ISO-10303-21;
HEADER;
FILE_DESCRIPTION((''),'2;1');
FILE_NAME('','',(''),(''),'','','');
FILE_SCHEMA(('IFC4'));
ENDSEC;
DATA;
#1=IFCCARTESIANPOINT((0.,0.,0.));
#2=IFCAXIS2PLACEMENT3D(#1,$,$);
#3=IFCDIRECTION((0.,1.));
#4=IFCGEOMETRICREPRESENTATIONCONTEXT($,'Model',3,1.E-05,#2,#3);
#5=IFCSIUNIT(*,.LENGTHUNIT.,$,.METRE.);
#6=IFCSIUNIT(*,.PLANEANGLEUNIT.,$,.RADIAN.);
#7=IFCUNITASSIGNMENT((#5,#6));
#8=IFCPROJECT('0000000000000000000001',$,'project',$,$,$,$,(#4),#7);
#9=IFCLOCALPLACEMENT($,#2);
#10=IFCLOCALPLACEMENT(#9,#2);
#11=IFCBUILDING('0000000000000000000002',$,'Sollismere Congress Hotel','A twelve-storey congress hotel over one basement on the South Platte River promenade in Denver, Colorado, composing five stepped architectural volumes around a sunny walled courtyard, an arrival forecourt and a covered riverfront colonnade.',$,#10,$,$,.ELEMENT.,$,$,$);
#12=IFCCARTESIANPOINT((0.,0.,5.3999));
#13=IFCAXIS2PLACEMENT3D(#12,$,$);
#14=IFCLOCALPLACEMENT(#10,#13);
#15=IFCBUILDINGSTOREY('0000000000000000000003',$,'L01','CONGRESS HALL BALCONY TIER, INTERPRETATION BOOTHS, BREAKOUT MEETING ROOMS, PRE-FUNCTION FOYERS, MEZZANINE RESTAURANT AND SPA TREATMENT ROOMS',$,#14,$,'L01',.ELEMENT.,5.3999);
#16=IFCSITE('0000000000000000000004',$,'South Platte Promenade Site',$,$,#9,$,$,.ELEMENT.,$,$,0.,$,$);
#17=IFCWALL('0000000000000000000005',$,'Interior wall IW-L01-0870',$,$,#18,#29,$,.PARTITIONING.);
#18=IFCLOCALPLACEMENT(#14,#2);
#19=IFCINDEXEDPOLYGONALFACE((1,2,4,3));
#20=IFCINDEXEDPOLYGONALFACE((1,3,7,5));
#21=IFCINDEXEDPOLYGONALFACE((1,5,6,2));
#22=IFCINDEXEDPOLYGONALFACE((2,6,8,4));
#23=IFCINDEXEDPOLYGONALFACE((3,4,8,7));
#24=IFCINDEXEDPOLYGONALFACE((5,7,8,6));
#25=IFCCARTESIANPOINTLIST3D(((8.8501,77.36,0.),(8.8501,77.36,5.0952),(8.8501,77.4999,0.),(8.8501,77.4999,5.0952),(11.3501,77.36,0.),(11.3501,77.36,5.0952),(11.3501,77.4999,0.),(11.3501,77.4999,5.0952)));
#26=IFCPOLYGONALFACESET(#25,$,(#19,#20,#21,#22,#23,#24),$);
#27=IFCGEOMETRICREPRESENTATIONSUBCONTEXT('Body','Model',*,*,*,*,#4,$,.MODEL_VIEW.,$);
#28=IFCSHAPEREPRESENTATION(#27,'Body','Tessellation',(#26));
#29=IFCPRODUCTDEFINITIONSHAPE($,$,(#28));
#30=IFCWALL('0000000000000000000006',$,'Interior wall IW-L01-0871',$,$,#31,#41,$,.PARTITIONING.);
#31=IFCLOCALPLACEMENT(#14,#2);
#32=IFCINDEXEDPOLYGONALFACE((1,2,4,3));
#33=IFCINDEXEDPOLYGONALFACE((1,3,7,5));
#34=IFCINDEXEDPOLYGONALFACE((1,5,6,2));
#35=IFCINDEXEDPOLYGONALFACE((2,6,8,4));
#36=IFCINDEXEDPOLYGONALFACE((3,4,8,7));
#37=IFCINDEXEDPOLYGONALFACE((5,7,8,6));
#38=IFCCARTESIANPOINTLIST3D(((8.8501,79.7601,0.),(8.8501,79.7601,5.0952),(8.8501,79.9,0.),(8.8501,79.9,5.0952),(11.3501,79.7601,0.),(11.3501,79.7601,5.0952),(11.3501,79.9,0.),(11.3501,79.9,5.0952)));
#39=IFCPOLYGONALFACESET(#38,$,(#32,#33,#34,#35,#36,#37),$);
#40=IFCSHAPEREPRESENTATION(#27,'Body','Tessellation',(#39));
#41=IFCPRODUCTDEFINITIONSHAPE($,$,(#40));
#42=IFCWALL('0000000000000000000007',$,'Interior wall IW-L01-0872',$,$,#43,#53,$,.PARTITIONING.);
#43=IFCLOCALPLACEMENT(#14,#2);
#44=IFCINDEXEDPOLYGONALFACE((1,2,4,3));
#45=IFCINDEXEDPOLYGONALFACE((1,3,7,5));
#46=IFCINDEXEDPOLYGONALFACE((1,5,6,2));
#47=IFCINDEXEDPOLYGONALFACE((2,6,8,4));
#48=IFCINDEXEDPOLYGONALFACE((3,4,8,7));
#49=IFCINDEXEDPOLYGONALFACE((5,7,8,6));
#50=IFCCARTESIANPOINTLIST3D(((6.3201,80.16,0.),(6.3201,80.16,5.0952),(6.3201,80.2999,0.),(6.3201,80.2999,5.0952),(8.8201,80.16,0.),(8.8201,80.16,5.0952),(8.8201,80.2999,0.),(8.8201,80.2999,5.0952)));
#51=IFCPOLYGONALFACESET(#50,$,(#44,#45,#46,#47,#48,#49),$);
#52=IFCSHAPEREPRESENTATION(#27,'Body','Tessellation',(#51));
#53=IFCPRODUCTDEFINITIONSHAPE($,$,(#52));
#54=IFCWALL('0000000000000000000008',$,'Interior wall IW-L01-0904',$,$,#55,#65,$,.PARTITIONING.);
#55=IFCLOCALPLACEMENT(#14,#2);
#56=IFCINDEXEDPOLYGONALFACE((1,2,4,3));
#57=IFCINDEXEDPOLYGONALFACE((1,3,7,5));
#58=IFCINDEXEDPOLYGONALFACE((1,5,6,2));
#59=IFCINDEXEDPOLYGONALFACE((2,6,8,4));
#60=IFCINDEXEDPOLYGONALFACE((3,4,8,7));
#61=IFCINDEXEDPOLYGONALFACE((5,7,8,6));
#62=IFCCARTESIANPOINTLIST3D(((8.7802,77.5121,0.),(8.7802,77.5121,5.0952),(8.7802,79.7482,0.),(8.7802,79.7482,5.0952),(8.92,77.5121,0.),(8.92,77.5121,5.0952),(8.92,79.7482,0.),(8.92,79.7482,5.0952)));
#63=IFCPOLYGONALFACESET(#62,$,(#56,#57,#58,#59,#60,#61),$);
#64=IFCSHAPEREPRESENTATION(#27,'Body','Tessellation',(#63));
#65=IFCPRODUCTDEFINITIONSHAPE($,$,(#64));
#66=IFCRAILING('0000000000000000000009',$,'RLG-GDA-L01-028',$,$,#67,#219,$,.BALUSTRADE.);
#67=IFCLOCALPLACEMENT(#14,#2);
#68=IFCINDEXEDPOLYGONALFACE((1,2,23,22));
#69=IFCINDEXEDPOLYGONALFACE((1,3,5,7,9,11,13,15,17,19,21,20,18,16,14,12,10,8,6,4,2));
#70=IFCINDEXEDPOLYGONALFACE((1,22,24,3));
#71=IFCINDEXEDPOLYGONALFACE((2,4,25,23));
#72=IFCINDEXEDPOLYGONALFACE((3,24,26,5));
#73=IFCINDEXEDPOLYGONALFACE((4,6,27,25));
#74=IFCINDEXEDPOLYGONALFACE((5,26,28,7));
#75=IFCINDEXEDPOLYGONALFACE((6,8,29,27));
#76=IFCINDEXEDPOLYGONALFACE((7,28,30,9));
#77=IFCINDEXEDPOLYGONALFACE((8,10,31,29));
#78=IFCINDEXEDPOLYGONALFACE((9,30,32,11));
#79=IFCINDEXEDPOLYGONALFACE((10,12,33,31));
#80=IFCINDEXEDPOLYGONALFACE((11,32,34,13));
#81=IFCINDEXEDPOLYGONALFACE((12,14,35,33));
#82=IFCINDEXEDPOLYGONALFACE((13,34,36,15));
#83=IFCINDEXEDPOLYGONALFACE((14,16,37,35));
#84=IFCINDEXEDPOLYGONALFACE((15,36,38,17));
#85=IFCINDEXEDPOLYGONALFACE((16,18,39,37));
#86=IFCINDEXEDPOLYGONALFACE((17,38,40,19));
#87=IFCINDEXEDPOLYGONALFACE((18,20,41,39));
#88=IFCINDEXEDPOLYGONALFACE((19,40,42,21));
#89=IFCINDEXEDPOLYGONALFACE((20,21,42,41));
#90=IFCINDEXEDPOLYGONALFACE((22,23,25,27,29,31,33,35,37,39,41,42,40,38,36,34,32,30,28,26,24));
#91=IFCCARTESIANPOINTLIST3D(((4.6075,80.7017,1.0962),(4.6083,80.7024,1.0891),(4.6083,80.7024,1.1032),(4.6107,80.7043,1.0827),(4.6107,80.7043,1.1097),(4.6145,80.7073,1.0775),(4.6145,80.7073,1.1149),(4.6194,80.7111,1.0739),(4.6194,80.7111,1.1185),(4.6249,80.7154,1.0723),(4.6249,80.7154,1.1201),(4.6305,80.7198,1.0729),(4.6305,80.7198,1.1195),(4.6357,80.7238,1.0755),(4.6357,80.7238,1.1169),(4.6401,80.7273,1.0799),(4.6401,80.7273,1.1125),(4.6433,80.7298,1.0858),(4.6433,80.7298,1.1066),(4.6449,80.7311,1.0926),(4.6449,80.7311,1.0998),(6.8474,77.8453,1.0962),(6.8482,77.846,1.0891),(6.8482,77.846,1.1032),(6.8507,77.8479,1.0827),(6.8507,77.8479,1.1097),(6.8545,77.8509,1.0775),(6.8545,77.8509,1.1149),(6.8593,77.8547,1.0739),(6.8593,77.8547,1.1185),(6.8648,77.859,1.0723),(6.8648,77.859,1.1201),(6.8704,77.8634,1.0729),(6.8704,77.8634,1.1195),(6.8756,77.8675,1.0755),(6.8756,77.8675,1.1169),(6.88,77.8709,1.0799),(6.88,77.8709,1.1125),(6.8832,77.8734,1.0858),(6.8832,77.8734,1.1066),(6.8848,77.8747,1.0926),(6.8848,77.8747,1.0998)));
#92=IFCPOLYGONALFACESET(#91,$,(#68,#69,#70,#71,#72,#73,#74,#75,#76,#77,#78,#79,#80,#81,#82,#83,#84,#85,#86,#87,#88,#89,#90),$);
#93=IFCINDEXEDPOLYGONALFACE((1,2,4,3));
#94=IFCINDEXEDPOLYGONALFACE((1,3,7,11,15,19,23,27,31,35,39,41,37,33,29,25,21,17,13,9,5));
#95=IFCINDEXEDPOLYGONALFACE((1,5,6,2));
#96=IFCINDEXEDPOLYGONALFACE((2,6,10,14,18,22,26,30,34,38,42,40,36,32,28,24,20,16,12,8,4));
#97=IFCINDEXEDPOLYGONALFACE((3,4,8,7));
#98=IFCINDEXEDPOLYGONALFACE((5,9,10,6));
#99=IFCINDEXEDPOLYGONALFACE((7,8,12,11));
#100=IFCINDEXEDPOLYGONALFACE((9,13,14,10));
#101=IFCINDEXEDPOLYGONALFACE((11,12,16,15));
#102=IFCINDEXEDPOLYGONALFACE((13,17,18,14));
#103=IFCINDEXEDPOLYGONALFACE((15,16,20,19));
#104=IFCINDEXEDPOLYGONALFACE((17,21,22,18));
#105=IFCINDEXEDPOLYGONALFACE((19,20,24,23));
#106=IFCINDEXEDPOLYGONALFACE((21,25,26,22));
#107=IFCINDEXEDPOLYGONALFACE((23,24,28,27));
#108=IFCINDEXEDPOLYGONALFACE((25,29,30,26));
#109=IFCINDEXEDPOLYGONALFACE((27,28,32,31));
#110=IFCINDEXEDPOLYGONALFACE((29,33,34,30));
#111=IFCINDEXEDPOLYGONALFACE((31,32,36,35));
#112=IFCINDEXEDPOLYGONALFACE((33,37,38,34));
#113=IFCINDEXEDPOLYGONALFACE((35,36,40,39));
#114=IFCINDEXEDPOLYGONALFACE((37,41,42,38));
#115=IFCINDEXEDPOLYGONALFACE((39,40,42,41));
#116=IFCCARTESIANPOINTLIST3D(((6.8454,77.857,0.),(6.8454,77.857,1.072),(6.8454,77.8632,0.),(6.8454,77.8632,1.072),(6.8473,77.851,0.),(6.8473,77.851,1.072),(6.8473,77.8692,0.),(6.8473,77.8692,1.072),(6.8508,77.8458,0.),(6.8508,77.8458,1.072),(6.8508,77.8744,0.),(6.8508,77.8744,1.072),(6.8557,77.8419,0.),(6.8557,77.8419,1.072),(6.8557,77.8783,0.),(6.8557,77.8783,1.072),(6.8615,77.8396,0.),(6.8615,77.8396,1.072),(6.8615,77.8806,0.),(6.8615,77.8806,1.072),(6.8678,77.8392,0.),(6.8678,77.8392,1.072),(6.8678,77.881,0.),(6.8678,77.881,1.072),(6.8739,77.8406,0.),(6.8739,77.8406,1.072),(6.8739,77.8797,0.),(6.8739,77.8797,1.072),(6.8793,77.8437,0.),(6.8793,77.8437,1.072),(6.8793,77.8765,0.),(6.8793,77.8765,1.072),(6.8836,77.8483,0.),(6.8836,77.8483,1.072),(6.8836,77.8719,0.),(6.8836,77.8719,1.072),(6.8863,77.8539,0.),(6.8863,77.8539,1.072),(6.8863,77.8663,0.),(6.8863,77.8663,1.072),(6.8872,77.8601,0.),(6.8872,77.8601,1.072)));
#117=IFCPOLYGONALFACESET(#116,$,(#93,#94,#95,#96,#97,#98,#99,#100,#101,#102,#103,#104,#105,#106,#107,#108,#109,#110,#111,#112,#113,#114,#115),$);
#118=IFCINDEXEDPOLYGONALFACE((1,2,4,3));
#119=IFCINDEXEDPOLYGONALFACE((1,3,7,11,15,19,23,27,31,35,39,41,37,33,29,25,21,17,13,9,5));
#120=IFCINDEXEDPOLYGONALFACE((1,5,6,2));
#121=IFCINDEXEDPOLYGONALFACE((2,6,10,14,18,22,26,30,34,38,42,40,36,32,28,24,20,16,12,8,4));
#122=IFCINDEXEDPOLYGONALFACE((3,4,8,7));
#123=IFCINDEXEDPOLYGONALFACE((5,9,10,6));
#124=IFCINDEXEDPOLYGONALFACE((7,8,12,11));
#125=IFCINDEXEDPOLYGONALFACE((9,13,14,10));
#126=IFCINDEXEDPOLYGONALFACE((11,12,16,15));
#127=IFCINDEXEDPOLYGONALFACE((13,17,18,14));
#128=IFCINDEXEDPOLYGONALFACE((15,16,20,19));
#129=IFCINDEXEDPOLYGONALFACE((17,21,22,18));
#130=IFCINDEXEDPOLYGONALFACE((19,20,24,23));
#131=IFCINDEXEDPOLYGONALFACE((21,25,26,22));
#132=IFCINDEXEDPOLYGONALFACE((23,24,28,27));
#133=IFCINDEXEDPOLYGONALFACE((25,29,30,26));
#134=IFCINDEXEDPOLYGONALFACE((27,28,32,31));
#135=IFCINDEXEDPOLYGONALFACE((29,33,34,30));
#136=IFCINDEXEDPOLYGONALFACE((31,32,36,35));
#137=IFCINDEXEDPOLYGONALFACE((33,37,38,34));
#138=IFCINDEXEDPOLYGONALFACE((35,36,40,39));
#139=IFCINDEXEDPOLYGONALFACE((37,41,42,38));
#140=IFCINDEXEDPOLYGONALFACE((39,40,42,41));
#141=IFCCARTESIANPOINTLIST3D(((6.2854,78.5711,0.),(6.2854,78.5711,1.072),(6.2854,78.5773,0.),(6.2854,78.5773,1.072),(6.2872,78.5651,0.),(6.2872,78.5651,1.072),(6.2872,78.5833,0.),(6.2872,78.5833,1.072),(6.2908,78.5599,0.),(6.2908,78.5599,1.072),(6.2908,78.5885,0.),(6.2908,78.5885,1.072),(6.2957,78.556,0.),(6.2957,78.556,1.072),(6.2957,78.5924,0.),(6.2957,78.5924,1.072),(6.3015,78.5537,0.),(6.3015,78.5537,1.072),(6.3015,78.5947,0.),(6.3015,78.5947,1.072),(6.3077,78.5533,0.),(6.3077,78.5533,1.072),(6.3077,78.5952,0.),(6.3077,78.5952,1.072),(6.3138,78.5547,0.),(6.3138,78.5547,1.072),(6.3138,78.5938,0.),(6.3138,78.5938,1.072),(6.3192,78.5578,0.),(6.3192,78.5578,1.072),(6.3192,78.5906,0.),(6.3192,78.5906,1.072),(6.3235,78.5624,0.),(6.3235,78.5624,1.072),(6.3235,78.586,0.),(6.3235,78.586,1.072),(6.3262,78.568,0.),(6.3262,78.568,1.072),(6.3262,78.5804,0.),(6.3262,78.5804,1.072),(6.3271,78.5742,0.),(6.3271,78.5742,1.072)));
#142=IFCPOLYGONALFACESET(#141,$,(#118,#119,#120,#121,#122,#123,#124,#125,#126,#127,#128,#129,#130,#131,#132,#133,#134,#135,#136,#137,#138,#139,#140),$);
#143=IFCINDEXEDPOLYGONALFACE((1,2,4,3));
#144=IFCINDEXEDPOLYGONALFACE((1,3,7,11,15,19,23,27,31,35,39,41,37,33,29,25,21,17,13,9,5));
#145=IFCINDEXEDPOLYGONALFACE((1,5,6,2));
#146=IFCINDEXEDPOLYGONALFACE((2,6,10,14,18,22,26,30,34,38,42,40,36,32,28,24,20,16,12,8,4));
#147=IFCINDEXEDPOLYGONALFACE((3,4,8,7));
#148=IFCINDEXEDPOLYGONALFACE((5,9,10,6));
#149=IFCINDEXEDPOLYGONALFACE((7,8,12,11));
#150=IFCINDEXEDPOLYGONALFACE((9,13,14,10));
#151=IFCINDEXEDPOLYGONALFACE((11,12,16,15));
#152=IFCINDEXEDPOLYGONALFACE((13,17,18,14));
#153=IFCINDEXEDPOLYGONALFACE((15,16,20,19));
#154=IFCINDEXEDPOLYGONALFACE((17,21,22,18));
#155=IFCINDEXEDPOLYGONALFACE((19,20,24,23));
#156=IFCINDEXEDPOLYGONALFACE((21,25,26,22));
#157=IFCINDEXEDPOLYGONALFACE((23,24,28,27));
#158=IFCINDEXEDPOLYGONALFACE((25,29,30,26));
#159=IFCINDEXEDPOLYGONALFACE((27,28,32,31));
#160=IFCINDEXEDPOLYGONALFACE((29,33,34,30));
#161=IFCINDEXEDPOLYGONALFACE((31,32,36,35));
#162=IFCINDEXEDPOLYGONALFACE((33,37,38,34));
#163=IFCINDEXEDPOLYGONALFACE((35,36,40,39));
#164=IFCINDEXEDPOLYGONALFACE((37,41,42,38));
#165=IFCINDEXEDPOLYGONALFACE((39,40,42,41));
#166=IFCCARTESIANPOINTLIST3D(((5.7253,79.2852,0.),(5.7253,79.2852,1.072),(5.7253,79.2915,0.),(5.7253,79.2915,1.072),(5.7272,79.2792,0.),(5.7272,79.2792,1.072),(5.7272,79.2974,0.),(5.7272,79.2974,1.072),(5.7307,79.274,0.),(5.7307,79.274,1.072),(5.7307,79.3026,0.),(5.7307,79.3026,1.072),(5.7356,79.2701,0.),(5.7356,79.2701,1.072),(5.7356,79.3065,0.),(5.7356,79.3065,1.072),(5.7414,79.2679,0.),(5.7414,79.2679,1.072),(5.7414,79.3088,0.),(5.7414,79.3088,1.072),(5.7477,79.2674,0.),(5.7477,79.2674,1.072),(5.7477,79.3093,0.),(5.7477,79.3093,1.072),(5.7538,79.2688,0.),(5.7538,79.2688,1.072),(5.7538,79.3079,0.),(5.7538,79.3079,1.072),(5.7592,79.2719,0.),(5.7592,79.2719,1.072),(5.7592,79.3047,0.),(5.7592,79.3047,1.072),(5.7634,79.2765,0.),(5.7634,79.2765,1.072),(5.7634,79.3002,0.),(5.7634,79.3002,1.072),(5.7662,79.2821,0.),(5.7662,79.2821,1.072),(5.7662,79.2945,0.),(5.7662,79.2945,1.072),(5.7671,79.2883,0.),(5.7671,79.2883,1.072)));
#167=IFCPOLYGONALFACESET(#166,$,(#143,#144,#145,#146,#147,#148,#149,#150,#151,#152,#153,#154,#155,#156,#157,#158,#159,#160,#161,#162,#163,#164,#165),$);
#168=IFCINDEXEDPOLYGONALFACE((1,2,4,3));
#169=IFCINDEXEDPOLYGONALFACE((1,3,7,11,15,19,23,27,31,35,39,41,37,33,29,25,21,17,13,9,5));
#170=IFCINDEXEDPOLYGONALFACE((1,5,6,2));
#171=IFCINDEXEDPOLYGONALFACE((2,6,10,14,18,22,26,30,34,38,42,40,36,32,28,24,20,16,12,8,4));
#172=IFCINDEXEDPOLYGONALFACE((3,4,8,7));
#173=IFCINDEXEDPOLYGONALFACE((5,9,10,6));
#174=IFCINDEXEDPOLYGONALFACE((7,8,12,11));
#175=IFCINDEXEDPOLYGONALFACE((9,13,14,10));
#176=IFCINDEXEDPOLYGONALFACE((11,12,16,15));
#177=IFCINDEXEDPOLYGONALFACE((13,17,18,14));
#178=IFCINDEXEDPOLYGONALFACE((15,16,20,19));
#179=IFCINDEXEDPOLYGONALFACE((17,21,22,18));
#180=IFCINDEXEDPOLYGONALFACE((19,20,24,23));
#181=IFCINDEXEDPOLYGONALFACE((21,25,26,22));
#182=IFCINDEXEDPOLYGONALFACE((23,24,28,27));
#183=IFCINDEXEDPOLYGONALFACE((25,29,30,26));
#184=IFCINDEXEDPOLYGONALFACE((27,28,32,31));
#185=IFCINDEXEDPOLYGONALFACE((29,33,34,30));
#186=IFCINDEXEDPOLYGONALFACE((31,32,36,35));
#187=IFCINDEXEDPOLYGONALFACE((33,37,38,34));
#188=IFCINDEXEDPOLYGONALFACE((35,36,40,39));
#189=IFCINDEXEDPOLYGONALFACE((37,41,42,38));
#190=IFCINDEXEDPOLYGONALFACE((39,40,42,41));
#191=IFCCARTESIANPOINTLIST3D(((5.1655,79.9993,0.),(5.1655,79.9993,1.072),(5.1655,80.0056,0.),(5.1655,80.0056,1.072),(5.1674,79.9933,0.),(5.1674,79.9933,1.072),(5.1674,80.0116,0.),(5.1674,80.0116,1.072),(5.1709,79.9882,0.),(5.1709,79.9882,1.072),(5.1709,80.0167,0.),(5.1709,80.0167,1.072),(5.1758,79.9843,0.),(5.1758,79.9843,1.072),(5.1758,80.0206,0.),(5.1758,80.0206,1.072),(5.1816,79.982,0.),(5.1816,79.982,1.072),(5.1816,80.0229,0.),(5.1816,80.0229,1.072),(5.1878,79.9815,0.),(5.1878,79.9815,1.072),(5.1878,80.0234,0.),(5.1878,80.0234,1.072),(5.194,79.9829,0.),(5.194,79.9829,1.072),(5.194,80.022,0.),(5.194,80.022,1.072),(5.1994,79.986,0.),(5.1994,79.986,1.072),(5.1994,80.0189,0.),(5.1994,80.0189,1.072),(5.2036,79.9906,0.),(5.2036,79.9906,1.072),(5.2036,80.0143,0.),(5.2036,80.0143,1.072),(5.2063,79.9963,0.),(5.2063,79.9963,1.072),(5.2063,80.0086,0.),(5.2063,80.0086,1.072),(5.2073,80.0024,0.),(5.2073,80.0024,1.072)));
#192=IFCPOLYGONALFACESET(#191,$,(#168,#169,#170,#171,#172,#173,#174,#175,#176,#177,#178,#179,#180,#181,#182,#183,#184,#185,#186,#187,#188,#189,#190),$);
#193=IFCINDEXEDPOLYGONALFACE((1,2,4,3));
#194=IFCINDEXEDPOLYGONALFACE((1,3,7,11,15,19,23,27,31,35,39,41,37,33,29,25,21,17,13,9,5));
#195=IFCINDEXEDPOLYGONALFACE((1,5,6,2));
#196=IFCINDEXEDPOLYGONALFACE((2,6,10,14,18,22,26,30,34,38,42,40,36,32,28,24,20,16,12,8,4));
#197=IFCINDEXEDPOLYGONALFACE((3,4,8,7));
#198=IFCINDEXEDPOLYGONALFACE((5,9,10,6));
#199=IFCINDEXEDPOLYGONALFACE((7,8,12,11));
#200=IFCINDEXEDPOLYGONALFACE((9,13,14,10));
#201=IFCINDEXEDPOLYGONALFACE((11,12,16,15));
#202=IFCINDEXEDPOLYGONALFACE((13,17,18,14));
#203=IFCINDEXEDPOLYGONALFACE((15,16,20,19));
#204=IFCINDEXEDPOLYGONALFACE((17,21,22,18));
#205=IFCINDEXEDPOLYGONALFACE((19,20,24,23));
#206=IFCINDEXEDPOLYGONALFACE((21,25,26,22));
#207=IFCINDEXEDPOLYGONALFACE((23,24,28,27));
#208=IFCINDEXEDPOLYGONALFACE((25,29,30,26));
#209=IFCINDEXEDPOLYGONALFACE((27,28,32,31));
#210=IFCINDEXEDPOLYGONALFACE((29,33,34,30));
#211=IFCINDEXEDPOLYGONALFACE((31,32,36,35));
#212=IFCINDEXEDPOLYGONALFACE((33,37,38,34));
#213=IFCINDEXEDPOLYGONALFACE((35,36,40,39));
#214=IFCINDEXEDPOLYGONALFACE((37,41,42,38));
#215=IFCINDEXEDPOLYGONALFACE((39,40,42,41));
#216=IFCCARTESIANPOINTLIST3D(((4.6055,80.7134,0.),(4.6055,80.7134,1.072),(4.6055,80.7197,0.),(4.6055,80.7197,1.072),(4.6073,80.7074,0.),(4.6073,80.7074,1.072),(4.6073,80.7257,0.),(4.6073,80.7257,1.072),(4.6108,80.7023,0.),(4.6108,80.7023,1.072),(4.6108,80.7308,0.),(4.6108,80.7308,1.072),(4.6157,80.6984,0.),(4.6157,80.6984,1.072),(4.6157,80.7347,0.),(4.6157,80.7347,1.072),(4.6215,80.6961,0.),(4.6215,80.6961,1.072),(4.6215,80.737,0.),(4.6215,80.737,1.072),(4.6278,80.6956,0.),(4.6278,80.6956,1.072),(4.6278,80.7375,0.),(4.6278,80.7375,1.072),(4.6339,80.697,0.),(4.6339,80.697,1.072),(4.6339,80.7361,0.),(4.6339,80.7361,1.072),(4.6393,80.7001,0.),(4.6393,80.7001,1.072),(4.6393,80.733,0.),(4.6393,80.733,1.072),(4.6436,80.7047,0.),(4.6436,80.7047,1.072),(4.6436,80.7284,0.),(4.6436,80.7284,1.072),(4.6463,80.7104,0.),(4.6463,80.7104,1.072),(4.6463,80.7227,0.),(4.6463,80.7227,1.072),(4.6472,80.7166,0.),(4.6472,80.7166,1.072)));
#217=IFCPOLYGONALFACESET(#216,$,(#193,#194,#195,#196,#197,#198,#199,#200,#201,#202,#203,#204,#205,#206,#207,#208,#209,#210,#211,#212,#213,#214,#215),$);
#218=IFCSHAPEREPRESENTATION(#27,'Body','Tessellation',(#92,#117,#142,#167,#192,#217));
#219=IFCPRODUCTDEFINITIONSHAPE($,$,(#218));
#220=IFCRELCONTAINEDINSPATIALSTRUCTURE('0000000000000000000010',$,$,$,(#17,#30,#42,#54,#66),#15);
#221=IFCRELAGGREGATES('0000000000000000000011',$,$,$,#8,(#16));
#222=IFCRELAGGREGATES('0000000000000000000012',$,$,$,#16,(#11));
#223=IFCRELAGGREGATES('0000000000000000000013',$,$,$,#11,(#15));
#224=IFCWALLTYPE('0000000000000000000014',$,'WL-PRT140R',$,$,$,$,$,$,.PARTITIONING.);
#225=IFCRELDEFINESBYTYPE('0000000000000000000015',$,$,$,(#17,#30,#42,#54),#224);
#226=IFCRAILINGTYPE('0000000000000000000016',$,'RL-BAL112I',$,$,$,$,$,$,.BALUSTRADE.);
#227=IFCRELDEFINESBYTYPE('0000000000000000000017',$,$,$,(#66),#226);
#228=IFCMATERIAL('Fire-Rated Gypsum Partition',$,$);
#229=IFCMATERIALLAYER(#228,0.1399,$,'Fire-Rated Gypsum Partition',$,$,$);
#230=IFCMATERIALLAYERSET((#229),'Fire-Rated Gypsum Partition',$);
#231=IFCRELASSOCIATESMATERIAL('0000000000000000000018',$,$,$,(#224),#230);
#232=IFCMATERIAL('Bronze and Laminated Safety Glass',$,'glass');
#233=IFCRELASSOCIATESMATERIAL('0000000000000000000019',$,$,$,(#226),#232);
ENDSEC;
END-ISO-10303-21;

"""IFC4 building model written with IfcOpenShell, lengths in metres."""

from ifc_helpers import new_model, si_unit, direction, frame, frame_2d, origin, origin_2d, place, context, subcontext, project, spatial, rectangle, circle, extrude, material, layer, layer_set, type_object, element, save


model = new_model("IFC4")

# Units and contexts
model_context = context("Model", 3, precision=1e-05, world=origin(), true_north=direction((0.0, 1.0)))
body_context = subcontext(model_context, "Body", "Model", "MODEL_VIEW")
ifc_project = project(units=[si_unit("LENGTHUNIT", "METRE"), si_unit("PLANEANGLEUNIT", "RADIAN")], contexts=[model_context])

# Site, building, storey
site_placement = place(None, origin())
site = spatial("IfcSite", under=ifc_project, at=site_placement, Name="South Platte Promenade Site", CompositionType="ELEMENT", RefElevation=0.0)
building_placement = place(site_placement, origin())
building = spatial("IfcBuilding", under=site, at=building_placement, Name="Sollismere Congress Hotel", Description="A twelve-storey congress hotel over one basement on the South Platte River promenade in Denver, Colorado, composing five stepped architectural volumes around a sunny walled courtyard, an arrival forecourt and a covered riverfront colonnade.", CompositionType="ELEMENT")
storey_placement = place(building_placement, frame((0.0, 0.0, 5.3999)))
storey = spatial("IfcBuildingStorey", under=building, at=storey_placement, Name="L01", Description="CONGRESS HALL BALCONY TIER, INTERPRETATION BOOTHS, BREAKOUT MEETING ROOMS, PRE-FUNCTION FOYERS, MEZZANINE RESTAURANT AND SPA TREATMENT ROOMS", LongName="L01", CompositionType="ELEMENT", Elevation=5.3999)

# Walls
ifc_material_1 = material(Name="Fire-Rated Gypsum Partition")
ifc_layer_1 = layer(ifc_material_1, 0.1399, Name="Fire-Rated Gypsum Partition")
ifc_layer_set_1 = layer_set([ifc_layer_1], Name="Fire-Rated Gypsum Partition")
wall_type = type_object("IfcWallType", Name="WL-PRT140R", PredefinedType="PARTITIONING", material=ifc_layer_set_1)
for number, where, z_axis, x_axis, name in (
    (1, (8.8501, 77.4299, 0.0), (0.0, 0.0, 1.0), (1.0, 0.0, 0.0), "Interior wall IW-L01-0870"),
    (2, (8.8501, 79.8301, 0.0), (0.0, 0.0, 1.0), (1.0, 0.0, 0.0), "Interior wall IW-L01-0871"),
    (3, (6.3201, 80.23, 0.0), (0.0, 0.0, 1.0), (1.0, 0.0, 0.0), "Interior wall IW-L01-0872"),
):
    element("IfcWall", number, at=place(storey_placement, frame(where, z_axis=z_axis, x_axis=x_axis)), inside=storey, type_object=wall_type, Name=name, PredefinedType="PARTITIONING", context=body_context, shape_type="SweptSolid", body=[
        extrude(rectangle(XDim=2.5, YDim=0.1399, at=frame_2d((1.25, 0.0))), origin(), (0.0, 0.0, 1.0), 5.0952),
    ])
wall_placement = place(storey_placement, frame((8.8501, 77.512, 0.0), z_axis=(0.0, 0.0, 1.0), x_axis=(0.0, 1.0, 0.0)))
element("IfcWall", 4, at=wall_placement, inside=storey, type_object=wall_type, Name="Interior wall IW-L01-0904", PredefinedType="PARTITIONING", context=body_context, shape_type="SweptSolid", body=[
    extrude(rectangle(XDim=2.2361, YDim=0.1399, at=frame_2d((1.1182, 0.0))), origin(), (0.0, 0.0, 1.0), 5.0952),
])

# Railing
ifc_material_2 = material(Name="Bronze and Laminated Safety Glass", Category="glass")
railing_type = type_object("IfcRailingType", Name="RL-BAL112I", PredefinedType="BALUSTRADE", material=ifc_material_2)
railing_placement = place(storey_placement, frame((6.8662, 77.8601, 0.0)))
element("IfcRailing", 5, at=railing_placement, inside=storey, type_object=railing_type, Name="RLG-GDA-L01-028", PredefinedType="BALUSTRADE", context=body_context, shape_type="SweptSolid", body=[
    extrude(circle(Radius=0.0239, at=origin_2d()), frame((0.0, 0.0, 1.0962), z_axis=(-0.617079, 0.786901, 0.0), x_axis=(-0.786901, -0.617079, 0.0)), (0.0, 0.0, 1.0), 3.6299),
    extrude(circle(Radius=0.021, at=origin_2d()), origin(), (0.0, 0.0, 1.0), 1.072),
    extrude(circle(Radius=0.021, at=origin_2d()), frame((-0.5601, 0.7141, 0.0)), (0.0, 0.0, 1.0), 1.072),
    extrude(circle(Radius=0.021, at=origin_2d()), frame((-1.1201, 1.4282, 0.0)), (0.0, 0.0, 1.0), 1.072),
    extrude(circle(Radius=0.021, at=origin_2d()), frame((-1.6799, 2.1423, 0.0)), (0.0, 0.0, 1.0), 1.072),
    extrude(circle(Radius=0.021, at=origin_2d()), frame((-2.24, 2.8564, 0.0)), (0.0, 0.0, 1.0), 1.072),
])

save(model, "model.ifc")
